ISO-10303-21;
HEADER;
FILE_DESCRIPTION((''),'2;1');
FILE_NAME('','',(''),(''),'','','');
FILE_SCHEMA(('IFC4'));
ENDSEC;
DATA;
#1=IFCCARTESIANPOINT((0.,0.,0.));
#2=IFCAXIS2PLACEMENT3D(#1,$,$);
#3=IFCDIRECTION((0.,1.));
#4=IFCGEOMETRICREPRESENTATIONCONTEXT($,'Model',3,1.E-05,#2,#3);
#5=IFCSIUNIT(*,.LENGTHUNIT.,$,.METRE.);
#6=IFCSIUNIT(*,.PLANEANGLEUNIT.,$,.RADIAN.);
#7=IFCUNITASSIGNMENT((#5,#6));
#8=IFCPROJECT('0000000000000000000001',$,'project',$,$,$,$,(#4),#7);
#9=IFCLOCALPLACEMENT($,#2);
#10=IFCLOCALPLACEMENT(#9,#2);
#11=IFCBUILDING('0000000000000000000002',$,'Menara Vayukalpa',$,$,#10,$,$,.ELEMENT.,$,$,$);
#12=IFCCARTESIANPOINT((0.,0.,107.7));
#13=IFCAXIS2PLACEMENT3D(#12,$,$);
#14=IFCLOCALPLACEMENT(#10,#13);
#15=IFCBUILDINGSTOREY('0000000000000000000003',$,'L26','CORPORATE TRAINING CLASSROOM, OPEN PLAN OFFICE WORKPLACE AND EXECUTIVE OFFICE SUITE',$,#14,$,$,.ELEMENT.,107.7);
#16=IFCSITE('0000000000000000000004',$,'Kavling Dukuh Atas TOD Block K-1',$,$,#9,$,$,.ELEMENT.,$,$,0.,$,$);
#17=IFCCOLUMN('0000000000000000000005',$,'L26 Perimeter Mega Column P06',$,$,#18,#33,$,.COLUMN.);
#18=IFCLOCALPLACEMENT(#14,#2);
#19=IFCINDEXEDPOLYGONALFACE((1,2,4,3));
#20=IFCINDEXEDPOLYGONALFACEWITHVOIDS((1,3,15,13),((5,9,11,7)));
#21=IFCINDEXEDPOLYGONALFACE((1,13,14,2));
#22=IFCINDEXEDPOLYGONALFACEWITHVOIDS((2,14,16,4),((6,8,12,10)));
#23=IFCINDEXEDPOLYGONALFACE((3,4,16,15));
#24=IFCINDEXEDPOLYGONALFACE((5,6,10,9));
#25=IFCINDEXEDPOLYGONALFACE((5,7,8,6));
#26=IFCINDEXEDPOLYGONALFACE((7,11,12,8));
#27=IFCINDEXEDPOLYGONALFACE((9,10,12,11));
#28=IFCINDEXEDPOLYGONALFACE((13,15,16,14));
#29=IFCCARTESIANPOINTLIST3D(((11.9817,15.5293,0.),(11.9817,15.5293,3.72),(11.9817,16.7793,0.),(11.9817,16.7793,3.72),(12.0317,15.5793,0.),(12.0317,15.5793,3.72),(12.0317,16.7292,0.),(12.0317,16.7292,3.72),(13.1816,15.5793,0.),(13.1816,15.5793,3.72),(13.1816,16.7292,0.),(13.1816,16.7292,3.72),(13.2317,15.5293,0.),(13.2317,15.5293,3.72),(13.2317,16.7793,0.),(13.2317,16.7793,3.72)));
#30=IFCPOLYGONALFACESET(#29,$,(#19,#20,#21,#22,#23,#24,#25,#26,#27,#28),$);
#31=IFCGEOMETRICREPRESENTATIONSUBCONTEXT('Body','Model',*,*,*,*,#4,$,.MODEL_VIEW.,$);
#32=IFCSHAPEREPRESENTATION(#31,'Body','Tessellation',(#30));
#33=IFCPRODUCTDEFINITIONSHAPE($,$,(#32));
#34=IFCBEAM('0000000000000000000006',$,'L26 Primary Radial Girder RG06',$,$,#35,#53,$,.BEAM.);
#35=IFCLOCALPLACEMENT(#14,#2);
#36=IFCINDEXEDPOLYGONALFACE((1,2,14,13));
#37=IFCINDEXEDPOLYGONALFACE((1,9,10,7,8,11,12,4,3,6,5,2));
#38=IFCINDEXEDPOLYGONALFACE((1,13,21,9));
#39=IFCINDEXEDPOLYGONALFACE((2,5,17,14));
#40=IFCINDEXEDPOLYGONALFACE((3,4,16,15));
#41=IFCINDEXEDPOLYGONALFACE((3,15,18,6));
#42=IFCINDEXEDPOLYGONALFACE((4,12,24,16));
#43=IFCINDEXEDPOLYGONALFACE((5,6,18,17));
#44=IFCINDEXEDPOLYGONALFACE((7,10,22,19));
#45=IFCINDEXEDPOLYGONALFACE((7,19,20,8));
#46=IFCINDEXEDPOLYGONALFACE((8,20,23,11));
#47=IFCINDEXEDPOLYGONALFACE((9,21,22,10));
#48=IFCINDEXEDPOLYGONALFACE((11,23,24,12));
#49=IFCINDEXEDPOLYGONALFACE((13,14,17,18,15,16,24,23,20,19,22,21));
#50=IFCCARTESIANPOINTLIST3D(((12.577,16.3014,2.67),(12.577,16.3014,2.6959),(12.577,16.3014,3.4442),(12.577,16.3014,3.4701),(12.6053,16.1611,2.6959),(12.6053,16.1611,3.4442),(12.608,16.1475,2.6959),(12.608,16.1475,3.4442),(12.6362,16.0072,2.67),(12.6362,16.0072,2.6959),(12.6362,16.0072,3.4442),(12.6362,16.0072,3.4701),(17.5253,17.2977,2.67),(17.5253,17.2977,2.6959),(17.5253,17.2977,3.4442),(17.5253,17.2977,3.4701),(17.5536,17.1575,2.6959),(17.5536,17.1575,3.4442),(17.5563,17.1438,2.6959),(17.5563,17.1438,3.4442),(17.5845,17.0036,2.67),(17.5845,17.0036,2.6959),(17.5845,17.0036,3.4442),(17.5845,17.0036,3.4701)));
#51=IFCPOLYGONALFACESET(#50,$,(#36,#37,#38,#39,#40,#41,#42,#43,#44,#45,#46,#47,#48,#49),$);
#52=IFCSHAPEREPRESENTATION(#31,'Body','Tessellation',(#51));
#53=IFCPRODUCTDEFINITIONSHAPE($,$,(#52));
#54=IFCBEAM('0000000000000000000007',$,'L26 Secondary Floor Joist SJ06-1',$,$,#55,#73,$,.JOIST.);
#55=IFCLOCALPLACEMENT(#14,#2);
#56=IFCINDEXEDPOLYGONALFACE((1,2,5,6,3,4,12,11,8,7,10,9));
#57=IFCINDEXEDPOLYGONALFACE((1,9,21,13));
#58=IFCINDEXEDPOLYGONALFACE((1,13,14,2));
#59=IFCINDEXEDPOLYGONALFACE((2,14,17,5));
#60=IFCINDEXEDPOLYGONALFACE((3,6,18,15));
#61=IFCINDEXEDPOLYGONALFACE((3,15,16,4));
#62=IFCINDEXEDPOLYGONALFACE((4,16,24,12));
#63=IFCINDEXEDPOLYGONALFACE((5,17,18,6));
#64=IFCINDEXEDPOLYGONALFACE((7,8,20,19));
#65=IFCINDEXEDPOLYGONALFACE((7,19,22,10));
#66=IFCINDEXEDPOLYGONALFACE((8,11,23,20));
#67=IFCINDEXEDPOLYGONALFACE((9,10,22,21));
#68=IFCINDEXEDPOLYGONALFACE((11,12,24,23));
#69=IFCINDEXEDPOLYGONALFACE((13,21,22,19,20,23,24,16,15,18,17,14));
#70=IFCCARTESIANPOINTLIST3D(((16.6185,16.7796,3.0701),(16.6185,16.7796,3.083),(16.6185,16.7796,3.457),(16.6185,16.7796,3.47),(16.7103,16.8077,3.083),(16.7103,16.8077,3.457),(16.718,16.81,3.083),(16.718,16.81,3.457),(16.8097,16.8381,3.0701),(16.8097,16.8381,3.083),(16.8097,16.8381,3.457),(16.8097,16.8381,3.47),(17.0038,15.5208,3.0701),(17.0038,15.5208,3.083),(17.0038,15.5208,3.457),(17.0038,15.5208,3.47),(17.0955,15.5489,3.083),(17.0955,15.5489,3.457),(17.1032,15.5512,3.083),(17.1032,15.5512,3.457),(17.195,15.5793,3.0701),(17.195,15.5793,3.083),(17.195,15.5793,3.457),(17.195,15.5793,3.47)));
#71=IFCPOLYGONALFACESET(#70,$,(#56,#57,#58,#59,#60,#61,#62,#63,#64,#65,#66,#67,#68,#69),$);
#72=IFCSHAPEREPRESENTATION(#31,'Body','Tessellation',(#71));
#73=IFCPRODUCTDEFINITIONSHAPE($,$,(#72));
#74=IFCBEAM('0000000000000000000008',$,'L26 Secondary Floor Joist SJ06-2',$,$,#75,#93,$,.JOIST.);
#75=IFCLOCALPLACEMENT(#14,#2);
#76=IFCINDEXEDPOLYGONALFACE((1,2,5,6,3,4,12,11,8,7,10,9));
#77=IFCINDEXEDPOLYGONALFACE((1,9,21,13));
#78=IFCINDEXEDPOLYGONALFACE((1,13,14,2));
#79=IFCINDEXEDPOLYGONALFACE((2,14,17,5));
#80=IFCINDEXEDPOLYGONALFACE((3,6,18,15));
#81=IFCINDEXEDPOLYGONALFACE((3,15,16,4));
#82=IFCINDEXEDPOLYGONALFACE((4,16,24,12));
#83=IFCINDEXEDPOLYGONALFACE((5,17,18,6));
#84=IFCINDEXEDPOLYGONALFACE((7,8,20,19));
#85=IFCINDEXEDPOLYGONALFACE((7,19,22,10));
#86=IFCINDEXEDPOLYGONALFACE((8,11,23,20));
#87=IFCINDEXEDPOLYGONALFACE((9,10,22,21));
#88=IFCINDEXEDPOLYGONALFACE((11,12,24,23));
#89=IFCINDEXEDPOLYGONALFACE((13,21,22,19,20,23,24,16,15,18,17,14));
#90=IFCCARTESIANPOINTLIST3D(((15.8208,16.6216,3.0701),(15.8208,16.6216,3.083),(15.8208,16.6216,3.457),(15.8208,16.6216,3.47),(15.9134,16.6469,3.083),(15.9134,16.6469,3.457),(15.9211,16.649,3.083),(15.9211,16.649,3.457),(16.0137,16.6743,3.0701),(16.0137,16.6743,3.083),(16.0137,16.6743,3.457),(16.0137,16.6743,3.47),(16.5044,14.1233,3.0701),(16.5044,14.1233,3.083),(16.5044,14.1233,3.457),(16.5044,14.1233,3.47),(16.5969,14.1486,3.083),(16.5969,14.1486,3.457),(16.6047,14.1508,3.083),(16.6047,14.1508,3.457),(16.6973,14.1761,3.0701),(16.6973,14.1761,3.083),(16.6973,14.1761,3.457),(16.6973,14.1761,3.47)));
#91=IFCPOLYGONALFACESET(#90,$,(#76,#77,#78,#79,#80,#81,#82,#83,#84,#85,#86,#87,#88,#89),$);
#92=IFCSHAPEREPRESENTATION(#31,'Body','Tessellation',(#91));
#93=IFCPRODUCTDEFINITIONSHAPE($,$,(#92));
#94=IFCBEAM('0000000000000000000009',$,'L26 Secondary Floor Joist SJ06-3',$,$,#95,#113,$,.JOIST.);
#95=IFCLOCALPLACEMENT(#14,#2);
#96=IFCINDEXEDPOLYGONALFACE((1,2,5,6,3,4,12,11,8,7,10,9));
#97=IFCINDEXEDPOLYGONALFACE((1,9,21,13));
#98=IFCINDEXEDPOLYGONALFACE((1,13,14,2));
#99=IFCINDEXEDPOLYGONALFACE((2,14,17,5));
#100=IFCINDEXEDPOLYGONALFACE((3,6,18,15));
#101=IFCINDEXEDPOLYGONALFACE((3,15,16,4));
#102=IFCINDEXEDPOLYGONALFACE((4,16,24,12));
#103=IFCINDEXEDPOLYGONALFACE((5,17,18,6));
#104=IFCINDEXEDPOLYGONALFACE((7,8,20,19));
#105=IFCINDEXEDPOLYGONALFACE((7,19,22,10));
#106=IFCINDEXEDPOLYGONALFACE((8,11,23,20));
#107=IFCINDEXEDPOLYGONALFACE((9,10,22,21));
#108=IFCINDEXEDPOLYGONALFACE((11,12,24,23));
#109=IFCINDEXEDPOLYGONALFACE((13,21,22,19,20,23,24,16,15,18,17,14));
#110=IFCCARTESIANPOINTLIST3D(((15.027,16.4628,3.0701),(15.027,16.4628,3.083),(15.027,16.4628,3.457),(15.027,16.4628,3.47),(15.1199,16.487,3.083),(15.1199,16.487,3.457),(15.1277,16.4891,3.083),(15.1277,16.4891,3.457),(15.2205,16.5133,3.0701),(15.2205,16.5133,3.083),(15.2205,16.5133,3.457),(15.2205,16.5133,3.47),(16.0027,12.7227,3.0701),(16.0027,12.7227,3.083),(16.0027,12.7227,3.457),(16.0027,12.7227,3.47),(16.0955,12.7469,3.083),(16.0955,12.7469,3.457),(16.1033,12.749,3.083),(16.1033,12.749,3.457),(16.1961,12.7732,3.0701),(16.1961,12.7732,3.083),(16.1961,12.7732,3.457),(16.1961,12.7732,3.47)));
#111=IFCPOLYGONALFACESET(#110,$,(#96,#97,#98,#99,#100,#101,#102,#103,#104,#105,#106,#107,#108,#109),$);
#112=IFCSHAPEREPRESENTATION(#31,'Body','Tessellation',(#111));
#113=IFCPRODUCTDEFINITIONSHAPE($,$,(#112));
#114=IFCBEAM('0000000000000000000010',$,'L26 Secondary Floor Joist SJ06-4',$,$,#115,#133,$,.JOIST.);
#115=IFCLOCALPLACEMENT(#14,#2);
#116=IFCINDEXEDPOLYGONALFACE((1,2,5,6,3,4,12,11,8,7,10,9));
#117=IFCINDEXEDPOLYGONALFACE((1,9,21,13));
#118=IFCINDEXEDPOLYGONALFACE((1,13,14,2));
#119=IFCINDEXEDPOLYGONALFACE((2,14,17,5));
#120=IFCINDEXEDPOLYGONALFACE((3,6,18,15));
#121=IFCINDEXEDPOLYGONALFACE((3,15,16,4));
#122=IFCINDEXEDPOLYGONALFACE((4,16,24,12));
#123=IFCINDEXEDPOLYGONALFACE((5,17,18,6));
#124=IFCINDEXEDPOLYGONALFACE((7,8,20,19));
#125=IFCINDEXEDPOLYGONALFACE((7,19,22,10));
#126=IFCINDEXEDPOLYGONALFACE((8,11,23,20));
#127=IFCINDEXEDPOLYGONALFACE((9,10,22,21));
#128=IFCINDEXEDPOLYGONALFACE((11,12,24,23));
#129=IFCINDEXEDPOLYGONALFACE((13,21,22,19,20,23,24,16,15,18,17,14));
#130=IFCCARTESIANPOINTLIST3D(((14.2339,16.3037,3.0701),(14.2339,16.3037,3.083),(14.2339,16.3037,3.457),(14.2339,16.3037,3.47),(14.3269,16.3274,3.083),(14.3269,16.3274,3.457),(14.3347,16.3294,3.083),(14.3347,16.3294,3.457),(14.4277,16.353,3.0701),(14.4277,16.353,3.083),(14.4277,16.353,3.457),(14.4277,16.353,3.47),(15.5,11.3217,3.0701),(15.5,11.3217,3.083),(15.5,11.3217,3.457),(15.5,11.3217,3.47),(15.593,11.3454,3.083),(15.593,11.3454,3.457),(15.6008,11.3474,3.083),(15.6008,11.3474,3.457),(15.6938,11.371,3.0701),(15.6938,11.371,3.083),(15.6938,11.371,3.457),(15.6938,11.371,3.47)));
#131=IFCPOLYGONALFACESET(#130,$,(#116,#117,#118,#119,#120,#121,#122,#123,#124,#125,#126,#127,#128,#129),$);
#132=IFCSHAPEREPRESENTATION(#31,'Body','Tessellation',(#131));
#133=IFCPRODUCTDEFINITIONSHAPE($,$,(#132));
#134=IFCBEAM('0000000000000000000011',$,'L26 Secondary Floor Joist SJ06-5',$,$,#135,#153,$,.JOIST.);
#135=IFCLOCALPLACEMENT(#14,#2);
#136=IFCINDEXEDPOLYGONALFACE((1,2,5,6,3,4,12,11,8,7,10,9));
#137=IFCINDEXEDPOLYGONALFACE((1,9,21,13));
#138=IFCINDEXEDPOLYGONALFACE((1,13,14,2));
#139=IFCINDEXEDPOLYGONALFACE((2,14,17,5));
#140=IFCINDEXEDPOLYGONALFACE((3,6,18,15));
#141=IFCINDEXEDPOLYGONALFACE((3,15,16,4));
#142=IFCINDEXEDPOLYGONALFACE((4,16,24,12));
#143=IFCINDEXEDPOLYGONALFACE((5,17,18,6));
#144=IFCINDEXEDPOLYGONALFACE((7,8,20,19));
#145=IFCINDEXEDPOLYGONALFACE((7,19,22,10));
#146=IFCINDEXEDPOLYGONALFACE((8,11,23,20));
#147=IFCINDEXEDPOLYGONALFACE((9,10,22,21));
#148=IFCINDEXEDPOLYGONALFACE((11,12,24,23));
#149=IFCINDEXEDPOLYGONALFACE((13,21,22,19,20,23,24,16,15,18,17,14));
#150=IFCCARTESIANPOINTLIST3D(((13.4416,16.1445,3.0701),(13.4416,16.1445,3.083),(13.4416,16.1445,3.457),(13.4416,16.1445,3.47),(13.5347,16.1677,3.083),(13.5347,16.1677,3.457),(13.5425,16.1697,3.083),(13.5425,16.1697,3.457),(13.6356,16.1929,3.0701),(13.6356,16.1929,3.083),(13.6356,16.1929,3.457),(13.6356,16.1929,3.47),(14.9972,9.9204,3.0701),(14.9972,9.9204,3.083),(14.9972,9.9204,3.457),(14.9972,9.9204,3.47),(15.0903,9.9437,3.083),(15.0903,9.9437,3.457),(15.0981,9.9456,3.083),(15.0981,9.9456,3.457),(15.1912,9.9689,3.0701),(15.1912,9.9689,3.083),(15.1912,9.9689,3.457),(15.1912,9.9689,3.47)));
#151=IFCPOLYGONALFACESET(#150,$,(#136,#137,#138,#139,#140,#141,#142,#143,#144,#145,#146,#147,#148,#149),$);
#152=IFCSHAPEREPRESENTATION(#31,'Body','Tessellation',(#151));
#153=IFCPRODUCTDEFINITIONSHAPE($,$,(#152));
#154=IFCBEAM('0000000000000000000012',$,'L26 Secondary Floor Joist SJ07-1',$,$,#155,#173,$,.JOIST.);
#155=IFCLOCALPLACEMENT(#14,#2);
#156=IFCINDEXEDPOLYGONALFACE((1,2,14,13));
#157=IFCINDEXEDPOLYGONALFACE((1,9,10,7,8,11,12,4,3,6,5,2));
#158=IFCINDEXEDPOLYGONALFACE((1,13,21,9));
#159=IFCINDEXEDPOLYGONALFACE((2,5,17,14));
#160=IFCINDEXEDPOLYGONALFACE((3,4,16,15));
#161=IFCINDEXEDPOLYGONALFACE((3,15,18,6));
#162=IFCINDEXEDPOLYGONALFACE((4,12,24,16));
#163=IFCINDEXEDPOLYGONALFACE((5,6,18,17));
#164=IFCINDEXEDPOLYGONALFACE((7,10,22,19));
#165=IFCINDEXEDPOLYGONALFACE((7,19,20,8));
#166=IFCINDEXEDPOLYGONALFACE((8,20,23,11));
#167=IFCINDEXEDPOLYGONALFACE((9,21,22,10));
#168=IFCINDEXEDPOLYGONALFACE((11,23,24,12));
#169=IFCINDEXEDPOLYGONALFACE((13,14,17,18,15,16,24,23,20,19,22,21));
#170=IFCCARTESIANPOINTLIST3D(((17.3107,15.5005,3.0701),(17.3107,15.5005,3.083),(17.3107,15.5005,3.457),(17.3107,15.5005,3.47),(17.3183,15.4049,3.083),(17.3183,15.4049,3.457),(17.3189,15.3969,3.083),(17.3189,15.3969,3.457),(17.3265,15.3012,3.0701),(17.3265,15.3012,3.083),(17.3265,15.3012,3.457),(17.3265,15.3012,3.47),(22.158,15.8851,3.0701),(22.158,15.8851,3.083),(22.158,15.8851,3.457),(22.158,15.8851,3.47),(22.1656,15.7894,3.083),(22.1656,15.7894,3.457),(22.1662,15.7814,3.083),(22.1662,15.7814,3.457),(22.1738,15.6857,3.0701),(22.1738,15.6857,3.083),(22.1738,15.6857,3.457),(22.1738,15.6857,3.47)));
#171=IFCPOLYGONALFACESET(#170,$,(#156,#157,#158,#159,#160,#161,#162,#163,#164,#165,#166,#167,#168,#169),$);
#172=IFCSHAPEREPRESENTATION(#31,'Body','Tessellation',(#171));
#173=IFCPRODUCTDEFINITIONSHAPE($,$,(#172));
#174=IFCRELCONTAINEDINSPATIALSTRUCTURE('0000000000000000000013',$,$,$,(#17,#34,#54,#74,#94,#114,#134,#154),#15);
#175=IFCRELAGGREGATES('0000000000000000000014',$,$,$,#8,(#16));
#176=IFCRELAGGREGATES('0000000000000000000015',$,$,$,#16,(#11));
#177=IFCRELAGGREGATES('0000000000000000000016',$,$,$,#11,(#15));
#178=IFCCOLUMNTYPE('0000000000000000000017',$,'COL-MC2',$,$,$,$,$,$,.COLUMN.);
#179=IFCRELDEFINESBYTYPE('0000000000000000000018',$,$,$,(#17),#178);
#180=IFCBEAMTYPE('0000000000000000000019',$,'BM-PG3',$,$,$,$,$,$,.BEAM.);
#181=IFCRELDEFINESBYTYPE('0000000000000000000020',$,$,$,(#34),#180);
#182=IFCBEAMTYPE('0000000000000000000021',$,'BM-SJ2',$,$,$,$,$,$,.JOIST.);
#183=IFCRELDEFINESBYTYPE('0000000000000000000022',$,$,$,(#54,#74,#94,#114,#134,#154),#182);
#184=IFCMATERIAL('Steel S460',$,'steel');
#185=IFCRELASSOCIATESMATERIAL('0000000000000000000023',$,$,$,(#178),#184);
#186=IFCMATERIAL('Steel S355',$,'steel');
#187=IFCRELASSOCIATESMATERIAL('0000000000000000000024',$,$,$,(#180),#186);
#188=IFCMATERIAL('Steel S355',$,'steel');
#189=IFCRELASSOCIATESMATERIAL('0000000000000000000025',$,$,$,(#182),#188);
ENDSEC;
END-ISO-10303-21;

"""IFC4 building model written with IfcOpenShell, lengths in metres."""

from ifc_helpers import new_model, si_unit, direction, frame, origin, origin_2d, place, context, subcontext, project, spatial, hollow_rectangle, i_section, extrude, material, material_profile, profile_set, type_object, element, save


model = new_model("IFC4")

# Units and contexts
model_context = context("Model", 3, precision=1e-05, world=origin(), true_north=direction((0.0, 1.0)))
body_context = subcontext(model_context, "Body", "Model", "MODEL_VIEW")
ifc_project = project(units=[si_unit("LENGTHUNIT", "METRE"), si_unit("PLANEANGLEUNIT", "RADIAN")], contexts=[model_context])

# Site, building, storey
site_placement = place(None, origin())
site = spatial("IfcSite", under=ifc_project, at=site_placement, Name="Kavling Dukuh Atas TOD Block K-1", CompositionType="ELEMENT", RefElevation=0.0)
building_placement = place(site_placement, origin())
building = spatial("IfcBuilding", under=site, at=building_placement, Name="Menara Vayukalpa", CompositionType="ELEMENT")
storey_placement = place(building_placement, frame((0.0, 0.0, 107.7)))
storey = spatial("IfcBuildingStorey", under=building, at=storey_placement, Name="L26", Description="CORPORATE TRAINING CLASSROOM, OPEN PLAN OFFICE WORKPLACE AND EXECUTIVE OFFICE SUITE", CompositionType="ELEMENT", Elevation=107.7)

# Column
ifc_material_1 = material(Name="Steel S460", Category="steel")
ifc_material_profile_1 = material_profile(ifc_material_1, hollow_rectangle(XDim=1.25, YDim=1.25, WallThickness=0.05, at=origin_2d()), Name="BOX 1250x1250x50")
ifc_profile_set_1 = profile_set([ifc_material_profile_1], Name="Steel S460")
column_type = type_object("IfcColumnType", Name="COL-MC2", PredefinedType="COLUMN", material=ifc_profile_set_1)
column_placement = place(storey_placement, frame((12.6067, 16.1543, 0.0), z_axis=(0.0, 0.0, 1.0), x_axis=(1.0, 0.0, 0.0)))
element("IfcColumn", 1, at=column_placement, inside=storey, type_object=column_type, Name="L26 Perimeter Mega Column P06", PredefinedType="COLUMN", context=body_context, shape_type="SweptSolid", body=[
    extrude(hollow_rectangle(XDim=1.25, YDim=1.25, WallThickness=0.05, at=origin_2d()), origin(), (0.0, 0.0, 1.0), 3.72),
])

# Beams
ifc_material_2 = material(Name="Steel S355", Category="steel")
ifc_material_profile_2 = material_profile(ifc_material_2, i_section(OverallWidth=0.3, OverallDepth=0.8, WebThickness=0.0139, FlangeThickness=0.0259, at=origin_2d()), Name="WF 800x300x14x26")
ifc_profile_set_2 = profile_set([ifc_material_profile_2], Name="Steel S355")
beam_type_1 = type_object("IfcBeamType", Name="BM-PG3", PredefinedType="BEAM", material=ifc_profile_set_2)
beam_1_placement = place(storey_placement, frame((17.5549, 17.1506, 3.0701), z_axis=(-0.980325, -0.19739, 0.0), x_axis=(0.19739, -0.980325, 0.0)))
element("IfcBeam", 2, at=beam_1_placement, inside=storey, type_object=beam_type_1, Name="L26 Primary Radial Girder RG06", PredefinedType="BEAM", context=body_context, shape_type="SweptSolid", body=[
    extrude(i_section(OverallWidth=0.3, OverallDepth=0.8, WebThickness=0.0139, FlangeThickness=0.0259, at=origin_2d()), origin(), (0.0, 0.0, 1.0), 5.0476),
])
ifc_material_3 = material(Name="Steel S355", Category="steel")
ifc_material_profile_3 = material_profile(ifc_material_3, i_section(OverallWidth=0.2, OverallDepth=0.3999, WebThickness=0.0081, FlangeThickness=0.0129, at=origin_2d()), Name="WF 400x200x8x13")
ifc_profile_set_3 = profile_set([ifc_material_profile_3], Name="Steel S355")
beam_type_2 = type_object("IfcBeamType", Name="BM-SJ2", PredefinedType="JOIST", material=ifc_profile_set_3)
beam_2_placement = place(storey_placement, frame((16.7141, 16.8088, 3.27), z_axis=(0.292652, -0.956219, 0.0), x_axis=(0.956219, 0.292652, 0.0)))
element("IfcBeam", 3, at=beam_2_placement, inside=storey, type_object=beam_type_2, Name="L26 Secondary Floor Joist SJ06-1", PredefinedType="JOIST", context=body_context, shape_type="SweptSolid", body=[
    extrude(i_section(OverallWidth=0.2, OverallDepth=0.3999, WebThickness=0.0081, FlangeThickness=0.0129, at=origin_2d()), origin(), (0.0, 0.0, 1.0), 1.3164),
])
beam_3_placement = place(storey_placement, frame((15.9172, 16.6479, 3.27), z_axis=(0.263923, -0.964544, 0.0), x_axis=(0.964544, 0.263923, 0.0)))
element("IfcBeam", 4, at=beam_3_placement, inside=storey, type_object=beam_type_2, Name="L26 Secondary Floor Joist SJ06-2", PredefinedType="JOIST", context=body_context, shape_type="SweptSolid", body=[
    extrude(i_section(OverallWidth=0.2, OverallDepth=0.3999, WebThickness=0.0081, FlangeThickness=0.0129, at=origin_2d()), origin(), (0.0, 0.0, 1.0), 2.5901),
])
beam_4_placement = place(storey_placement, frame((15.1238, 16.488, 3.27), z_axis=(0.252406, -0.967621, 0.0), x_axis=(0.967621, 0.252406, 0.0)))
element("IfcBeam", 5, at=beam_4_placement, inside=storey, type_object=beam_type_2, Name="L26 Secondary Floor Joist SJ06-3", PredefinedType="JOIST", context=body_context, shape_type="SweptSolid", body=[
    extrude(i_section(OverallWidth=0.2, OverallDepth=0.3999, WebThickness=0.0081, FlangeThickness=0.0129, at=origin_2d()), origin(), (0.0, 0.0, 1.0), 3.8652),
])
beam_5_placement = place(storey_placement, frame((14.3308, 16.3284, 3.27), z_axis=(0.246311, -0.969191, 0.0), x_axis=(0.969191, 0.246311, 0.0)))
element("IfcBeam", 6, at=beam_5_placement, inside=storey, type_object=beam_type_2, Name="L26 Secondary Floor Joist SJ06-4", PredefinedType="JOIST", context=body_context, shape_type="SweptSolid", body=[
    extrude(i_section(OverallWidth=0.2, OverallDepth=0.3999, WebThickness=0.0081, FlangeThickness=0.0129, at=origin_2d()), origin(), (0.0, 0.0, 1.0), 5.1404),
])
beam_6_placement = place(storey_placement, frame((13.5386, 16.1687, 3.27), z_axis=(0.242482, -0.970156, 0.0), x_axis=(0.970156, 0.242482, 0.0)))
element("IfcBeam", 7, at=beam_6_placement, inside=storey, type_object=beam_type_2, Name="L26 Secondary Floor Joist SJ06-5", PredefinedType="JOIST", context=body_context, shape_type="SweptSolid", body=[
    extrude(i_section(OverallWidth=0.2, OverallDepth=0.3999, WebThickness=0.0081, FlangeThickness=0.0129, at=origin_2d()), origin(), (0.0, 0.0, 1.0), 6.4155),
])
beam_7_placement = place(storey_placement, frame((17.3186, 15.4009, 3.27), z_axis=(0.996869, 0.079077, 0.0), x_axis=(-0.079077, 0.996869, 0.0)))
element("IfcBeam", 8, at=beam_7_placement, inside=storey, type_object=beam_type_2, Name="L26 Secondary Floor Joist SJ07-1", PredefinedType="JOIST", context=body_context, shape_type="SweptSolid", body=[
    extrude(i_section(OverallWidth=0.2, OverallDepth=0.3999, WebThickness=0.0081, FlangeThickness=0.0129, at=origin_2d()), origin(), (0.0, 0.0, 1.0), 4.8625),
])

save(model, "model.ifc")
